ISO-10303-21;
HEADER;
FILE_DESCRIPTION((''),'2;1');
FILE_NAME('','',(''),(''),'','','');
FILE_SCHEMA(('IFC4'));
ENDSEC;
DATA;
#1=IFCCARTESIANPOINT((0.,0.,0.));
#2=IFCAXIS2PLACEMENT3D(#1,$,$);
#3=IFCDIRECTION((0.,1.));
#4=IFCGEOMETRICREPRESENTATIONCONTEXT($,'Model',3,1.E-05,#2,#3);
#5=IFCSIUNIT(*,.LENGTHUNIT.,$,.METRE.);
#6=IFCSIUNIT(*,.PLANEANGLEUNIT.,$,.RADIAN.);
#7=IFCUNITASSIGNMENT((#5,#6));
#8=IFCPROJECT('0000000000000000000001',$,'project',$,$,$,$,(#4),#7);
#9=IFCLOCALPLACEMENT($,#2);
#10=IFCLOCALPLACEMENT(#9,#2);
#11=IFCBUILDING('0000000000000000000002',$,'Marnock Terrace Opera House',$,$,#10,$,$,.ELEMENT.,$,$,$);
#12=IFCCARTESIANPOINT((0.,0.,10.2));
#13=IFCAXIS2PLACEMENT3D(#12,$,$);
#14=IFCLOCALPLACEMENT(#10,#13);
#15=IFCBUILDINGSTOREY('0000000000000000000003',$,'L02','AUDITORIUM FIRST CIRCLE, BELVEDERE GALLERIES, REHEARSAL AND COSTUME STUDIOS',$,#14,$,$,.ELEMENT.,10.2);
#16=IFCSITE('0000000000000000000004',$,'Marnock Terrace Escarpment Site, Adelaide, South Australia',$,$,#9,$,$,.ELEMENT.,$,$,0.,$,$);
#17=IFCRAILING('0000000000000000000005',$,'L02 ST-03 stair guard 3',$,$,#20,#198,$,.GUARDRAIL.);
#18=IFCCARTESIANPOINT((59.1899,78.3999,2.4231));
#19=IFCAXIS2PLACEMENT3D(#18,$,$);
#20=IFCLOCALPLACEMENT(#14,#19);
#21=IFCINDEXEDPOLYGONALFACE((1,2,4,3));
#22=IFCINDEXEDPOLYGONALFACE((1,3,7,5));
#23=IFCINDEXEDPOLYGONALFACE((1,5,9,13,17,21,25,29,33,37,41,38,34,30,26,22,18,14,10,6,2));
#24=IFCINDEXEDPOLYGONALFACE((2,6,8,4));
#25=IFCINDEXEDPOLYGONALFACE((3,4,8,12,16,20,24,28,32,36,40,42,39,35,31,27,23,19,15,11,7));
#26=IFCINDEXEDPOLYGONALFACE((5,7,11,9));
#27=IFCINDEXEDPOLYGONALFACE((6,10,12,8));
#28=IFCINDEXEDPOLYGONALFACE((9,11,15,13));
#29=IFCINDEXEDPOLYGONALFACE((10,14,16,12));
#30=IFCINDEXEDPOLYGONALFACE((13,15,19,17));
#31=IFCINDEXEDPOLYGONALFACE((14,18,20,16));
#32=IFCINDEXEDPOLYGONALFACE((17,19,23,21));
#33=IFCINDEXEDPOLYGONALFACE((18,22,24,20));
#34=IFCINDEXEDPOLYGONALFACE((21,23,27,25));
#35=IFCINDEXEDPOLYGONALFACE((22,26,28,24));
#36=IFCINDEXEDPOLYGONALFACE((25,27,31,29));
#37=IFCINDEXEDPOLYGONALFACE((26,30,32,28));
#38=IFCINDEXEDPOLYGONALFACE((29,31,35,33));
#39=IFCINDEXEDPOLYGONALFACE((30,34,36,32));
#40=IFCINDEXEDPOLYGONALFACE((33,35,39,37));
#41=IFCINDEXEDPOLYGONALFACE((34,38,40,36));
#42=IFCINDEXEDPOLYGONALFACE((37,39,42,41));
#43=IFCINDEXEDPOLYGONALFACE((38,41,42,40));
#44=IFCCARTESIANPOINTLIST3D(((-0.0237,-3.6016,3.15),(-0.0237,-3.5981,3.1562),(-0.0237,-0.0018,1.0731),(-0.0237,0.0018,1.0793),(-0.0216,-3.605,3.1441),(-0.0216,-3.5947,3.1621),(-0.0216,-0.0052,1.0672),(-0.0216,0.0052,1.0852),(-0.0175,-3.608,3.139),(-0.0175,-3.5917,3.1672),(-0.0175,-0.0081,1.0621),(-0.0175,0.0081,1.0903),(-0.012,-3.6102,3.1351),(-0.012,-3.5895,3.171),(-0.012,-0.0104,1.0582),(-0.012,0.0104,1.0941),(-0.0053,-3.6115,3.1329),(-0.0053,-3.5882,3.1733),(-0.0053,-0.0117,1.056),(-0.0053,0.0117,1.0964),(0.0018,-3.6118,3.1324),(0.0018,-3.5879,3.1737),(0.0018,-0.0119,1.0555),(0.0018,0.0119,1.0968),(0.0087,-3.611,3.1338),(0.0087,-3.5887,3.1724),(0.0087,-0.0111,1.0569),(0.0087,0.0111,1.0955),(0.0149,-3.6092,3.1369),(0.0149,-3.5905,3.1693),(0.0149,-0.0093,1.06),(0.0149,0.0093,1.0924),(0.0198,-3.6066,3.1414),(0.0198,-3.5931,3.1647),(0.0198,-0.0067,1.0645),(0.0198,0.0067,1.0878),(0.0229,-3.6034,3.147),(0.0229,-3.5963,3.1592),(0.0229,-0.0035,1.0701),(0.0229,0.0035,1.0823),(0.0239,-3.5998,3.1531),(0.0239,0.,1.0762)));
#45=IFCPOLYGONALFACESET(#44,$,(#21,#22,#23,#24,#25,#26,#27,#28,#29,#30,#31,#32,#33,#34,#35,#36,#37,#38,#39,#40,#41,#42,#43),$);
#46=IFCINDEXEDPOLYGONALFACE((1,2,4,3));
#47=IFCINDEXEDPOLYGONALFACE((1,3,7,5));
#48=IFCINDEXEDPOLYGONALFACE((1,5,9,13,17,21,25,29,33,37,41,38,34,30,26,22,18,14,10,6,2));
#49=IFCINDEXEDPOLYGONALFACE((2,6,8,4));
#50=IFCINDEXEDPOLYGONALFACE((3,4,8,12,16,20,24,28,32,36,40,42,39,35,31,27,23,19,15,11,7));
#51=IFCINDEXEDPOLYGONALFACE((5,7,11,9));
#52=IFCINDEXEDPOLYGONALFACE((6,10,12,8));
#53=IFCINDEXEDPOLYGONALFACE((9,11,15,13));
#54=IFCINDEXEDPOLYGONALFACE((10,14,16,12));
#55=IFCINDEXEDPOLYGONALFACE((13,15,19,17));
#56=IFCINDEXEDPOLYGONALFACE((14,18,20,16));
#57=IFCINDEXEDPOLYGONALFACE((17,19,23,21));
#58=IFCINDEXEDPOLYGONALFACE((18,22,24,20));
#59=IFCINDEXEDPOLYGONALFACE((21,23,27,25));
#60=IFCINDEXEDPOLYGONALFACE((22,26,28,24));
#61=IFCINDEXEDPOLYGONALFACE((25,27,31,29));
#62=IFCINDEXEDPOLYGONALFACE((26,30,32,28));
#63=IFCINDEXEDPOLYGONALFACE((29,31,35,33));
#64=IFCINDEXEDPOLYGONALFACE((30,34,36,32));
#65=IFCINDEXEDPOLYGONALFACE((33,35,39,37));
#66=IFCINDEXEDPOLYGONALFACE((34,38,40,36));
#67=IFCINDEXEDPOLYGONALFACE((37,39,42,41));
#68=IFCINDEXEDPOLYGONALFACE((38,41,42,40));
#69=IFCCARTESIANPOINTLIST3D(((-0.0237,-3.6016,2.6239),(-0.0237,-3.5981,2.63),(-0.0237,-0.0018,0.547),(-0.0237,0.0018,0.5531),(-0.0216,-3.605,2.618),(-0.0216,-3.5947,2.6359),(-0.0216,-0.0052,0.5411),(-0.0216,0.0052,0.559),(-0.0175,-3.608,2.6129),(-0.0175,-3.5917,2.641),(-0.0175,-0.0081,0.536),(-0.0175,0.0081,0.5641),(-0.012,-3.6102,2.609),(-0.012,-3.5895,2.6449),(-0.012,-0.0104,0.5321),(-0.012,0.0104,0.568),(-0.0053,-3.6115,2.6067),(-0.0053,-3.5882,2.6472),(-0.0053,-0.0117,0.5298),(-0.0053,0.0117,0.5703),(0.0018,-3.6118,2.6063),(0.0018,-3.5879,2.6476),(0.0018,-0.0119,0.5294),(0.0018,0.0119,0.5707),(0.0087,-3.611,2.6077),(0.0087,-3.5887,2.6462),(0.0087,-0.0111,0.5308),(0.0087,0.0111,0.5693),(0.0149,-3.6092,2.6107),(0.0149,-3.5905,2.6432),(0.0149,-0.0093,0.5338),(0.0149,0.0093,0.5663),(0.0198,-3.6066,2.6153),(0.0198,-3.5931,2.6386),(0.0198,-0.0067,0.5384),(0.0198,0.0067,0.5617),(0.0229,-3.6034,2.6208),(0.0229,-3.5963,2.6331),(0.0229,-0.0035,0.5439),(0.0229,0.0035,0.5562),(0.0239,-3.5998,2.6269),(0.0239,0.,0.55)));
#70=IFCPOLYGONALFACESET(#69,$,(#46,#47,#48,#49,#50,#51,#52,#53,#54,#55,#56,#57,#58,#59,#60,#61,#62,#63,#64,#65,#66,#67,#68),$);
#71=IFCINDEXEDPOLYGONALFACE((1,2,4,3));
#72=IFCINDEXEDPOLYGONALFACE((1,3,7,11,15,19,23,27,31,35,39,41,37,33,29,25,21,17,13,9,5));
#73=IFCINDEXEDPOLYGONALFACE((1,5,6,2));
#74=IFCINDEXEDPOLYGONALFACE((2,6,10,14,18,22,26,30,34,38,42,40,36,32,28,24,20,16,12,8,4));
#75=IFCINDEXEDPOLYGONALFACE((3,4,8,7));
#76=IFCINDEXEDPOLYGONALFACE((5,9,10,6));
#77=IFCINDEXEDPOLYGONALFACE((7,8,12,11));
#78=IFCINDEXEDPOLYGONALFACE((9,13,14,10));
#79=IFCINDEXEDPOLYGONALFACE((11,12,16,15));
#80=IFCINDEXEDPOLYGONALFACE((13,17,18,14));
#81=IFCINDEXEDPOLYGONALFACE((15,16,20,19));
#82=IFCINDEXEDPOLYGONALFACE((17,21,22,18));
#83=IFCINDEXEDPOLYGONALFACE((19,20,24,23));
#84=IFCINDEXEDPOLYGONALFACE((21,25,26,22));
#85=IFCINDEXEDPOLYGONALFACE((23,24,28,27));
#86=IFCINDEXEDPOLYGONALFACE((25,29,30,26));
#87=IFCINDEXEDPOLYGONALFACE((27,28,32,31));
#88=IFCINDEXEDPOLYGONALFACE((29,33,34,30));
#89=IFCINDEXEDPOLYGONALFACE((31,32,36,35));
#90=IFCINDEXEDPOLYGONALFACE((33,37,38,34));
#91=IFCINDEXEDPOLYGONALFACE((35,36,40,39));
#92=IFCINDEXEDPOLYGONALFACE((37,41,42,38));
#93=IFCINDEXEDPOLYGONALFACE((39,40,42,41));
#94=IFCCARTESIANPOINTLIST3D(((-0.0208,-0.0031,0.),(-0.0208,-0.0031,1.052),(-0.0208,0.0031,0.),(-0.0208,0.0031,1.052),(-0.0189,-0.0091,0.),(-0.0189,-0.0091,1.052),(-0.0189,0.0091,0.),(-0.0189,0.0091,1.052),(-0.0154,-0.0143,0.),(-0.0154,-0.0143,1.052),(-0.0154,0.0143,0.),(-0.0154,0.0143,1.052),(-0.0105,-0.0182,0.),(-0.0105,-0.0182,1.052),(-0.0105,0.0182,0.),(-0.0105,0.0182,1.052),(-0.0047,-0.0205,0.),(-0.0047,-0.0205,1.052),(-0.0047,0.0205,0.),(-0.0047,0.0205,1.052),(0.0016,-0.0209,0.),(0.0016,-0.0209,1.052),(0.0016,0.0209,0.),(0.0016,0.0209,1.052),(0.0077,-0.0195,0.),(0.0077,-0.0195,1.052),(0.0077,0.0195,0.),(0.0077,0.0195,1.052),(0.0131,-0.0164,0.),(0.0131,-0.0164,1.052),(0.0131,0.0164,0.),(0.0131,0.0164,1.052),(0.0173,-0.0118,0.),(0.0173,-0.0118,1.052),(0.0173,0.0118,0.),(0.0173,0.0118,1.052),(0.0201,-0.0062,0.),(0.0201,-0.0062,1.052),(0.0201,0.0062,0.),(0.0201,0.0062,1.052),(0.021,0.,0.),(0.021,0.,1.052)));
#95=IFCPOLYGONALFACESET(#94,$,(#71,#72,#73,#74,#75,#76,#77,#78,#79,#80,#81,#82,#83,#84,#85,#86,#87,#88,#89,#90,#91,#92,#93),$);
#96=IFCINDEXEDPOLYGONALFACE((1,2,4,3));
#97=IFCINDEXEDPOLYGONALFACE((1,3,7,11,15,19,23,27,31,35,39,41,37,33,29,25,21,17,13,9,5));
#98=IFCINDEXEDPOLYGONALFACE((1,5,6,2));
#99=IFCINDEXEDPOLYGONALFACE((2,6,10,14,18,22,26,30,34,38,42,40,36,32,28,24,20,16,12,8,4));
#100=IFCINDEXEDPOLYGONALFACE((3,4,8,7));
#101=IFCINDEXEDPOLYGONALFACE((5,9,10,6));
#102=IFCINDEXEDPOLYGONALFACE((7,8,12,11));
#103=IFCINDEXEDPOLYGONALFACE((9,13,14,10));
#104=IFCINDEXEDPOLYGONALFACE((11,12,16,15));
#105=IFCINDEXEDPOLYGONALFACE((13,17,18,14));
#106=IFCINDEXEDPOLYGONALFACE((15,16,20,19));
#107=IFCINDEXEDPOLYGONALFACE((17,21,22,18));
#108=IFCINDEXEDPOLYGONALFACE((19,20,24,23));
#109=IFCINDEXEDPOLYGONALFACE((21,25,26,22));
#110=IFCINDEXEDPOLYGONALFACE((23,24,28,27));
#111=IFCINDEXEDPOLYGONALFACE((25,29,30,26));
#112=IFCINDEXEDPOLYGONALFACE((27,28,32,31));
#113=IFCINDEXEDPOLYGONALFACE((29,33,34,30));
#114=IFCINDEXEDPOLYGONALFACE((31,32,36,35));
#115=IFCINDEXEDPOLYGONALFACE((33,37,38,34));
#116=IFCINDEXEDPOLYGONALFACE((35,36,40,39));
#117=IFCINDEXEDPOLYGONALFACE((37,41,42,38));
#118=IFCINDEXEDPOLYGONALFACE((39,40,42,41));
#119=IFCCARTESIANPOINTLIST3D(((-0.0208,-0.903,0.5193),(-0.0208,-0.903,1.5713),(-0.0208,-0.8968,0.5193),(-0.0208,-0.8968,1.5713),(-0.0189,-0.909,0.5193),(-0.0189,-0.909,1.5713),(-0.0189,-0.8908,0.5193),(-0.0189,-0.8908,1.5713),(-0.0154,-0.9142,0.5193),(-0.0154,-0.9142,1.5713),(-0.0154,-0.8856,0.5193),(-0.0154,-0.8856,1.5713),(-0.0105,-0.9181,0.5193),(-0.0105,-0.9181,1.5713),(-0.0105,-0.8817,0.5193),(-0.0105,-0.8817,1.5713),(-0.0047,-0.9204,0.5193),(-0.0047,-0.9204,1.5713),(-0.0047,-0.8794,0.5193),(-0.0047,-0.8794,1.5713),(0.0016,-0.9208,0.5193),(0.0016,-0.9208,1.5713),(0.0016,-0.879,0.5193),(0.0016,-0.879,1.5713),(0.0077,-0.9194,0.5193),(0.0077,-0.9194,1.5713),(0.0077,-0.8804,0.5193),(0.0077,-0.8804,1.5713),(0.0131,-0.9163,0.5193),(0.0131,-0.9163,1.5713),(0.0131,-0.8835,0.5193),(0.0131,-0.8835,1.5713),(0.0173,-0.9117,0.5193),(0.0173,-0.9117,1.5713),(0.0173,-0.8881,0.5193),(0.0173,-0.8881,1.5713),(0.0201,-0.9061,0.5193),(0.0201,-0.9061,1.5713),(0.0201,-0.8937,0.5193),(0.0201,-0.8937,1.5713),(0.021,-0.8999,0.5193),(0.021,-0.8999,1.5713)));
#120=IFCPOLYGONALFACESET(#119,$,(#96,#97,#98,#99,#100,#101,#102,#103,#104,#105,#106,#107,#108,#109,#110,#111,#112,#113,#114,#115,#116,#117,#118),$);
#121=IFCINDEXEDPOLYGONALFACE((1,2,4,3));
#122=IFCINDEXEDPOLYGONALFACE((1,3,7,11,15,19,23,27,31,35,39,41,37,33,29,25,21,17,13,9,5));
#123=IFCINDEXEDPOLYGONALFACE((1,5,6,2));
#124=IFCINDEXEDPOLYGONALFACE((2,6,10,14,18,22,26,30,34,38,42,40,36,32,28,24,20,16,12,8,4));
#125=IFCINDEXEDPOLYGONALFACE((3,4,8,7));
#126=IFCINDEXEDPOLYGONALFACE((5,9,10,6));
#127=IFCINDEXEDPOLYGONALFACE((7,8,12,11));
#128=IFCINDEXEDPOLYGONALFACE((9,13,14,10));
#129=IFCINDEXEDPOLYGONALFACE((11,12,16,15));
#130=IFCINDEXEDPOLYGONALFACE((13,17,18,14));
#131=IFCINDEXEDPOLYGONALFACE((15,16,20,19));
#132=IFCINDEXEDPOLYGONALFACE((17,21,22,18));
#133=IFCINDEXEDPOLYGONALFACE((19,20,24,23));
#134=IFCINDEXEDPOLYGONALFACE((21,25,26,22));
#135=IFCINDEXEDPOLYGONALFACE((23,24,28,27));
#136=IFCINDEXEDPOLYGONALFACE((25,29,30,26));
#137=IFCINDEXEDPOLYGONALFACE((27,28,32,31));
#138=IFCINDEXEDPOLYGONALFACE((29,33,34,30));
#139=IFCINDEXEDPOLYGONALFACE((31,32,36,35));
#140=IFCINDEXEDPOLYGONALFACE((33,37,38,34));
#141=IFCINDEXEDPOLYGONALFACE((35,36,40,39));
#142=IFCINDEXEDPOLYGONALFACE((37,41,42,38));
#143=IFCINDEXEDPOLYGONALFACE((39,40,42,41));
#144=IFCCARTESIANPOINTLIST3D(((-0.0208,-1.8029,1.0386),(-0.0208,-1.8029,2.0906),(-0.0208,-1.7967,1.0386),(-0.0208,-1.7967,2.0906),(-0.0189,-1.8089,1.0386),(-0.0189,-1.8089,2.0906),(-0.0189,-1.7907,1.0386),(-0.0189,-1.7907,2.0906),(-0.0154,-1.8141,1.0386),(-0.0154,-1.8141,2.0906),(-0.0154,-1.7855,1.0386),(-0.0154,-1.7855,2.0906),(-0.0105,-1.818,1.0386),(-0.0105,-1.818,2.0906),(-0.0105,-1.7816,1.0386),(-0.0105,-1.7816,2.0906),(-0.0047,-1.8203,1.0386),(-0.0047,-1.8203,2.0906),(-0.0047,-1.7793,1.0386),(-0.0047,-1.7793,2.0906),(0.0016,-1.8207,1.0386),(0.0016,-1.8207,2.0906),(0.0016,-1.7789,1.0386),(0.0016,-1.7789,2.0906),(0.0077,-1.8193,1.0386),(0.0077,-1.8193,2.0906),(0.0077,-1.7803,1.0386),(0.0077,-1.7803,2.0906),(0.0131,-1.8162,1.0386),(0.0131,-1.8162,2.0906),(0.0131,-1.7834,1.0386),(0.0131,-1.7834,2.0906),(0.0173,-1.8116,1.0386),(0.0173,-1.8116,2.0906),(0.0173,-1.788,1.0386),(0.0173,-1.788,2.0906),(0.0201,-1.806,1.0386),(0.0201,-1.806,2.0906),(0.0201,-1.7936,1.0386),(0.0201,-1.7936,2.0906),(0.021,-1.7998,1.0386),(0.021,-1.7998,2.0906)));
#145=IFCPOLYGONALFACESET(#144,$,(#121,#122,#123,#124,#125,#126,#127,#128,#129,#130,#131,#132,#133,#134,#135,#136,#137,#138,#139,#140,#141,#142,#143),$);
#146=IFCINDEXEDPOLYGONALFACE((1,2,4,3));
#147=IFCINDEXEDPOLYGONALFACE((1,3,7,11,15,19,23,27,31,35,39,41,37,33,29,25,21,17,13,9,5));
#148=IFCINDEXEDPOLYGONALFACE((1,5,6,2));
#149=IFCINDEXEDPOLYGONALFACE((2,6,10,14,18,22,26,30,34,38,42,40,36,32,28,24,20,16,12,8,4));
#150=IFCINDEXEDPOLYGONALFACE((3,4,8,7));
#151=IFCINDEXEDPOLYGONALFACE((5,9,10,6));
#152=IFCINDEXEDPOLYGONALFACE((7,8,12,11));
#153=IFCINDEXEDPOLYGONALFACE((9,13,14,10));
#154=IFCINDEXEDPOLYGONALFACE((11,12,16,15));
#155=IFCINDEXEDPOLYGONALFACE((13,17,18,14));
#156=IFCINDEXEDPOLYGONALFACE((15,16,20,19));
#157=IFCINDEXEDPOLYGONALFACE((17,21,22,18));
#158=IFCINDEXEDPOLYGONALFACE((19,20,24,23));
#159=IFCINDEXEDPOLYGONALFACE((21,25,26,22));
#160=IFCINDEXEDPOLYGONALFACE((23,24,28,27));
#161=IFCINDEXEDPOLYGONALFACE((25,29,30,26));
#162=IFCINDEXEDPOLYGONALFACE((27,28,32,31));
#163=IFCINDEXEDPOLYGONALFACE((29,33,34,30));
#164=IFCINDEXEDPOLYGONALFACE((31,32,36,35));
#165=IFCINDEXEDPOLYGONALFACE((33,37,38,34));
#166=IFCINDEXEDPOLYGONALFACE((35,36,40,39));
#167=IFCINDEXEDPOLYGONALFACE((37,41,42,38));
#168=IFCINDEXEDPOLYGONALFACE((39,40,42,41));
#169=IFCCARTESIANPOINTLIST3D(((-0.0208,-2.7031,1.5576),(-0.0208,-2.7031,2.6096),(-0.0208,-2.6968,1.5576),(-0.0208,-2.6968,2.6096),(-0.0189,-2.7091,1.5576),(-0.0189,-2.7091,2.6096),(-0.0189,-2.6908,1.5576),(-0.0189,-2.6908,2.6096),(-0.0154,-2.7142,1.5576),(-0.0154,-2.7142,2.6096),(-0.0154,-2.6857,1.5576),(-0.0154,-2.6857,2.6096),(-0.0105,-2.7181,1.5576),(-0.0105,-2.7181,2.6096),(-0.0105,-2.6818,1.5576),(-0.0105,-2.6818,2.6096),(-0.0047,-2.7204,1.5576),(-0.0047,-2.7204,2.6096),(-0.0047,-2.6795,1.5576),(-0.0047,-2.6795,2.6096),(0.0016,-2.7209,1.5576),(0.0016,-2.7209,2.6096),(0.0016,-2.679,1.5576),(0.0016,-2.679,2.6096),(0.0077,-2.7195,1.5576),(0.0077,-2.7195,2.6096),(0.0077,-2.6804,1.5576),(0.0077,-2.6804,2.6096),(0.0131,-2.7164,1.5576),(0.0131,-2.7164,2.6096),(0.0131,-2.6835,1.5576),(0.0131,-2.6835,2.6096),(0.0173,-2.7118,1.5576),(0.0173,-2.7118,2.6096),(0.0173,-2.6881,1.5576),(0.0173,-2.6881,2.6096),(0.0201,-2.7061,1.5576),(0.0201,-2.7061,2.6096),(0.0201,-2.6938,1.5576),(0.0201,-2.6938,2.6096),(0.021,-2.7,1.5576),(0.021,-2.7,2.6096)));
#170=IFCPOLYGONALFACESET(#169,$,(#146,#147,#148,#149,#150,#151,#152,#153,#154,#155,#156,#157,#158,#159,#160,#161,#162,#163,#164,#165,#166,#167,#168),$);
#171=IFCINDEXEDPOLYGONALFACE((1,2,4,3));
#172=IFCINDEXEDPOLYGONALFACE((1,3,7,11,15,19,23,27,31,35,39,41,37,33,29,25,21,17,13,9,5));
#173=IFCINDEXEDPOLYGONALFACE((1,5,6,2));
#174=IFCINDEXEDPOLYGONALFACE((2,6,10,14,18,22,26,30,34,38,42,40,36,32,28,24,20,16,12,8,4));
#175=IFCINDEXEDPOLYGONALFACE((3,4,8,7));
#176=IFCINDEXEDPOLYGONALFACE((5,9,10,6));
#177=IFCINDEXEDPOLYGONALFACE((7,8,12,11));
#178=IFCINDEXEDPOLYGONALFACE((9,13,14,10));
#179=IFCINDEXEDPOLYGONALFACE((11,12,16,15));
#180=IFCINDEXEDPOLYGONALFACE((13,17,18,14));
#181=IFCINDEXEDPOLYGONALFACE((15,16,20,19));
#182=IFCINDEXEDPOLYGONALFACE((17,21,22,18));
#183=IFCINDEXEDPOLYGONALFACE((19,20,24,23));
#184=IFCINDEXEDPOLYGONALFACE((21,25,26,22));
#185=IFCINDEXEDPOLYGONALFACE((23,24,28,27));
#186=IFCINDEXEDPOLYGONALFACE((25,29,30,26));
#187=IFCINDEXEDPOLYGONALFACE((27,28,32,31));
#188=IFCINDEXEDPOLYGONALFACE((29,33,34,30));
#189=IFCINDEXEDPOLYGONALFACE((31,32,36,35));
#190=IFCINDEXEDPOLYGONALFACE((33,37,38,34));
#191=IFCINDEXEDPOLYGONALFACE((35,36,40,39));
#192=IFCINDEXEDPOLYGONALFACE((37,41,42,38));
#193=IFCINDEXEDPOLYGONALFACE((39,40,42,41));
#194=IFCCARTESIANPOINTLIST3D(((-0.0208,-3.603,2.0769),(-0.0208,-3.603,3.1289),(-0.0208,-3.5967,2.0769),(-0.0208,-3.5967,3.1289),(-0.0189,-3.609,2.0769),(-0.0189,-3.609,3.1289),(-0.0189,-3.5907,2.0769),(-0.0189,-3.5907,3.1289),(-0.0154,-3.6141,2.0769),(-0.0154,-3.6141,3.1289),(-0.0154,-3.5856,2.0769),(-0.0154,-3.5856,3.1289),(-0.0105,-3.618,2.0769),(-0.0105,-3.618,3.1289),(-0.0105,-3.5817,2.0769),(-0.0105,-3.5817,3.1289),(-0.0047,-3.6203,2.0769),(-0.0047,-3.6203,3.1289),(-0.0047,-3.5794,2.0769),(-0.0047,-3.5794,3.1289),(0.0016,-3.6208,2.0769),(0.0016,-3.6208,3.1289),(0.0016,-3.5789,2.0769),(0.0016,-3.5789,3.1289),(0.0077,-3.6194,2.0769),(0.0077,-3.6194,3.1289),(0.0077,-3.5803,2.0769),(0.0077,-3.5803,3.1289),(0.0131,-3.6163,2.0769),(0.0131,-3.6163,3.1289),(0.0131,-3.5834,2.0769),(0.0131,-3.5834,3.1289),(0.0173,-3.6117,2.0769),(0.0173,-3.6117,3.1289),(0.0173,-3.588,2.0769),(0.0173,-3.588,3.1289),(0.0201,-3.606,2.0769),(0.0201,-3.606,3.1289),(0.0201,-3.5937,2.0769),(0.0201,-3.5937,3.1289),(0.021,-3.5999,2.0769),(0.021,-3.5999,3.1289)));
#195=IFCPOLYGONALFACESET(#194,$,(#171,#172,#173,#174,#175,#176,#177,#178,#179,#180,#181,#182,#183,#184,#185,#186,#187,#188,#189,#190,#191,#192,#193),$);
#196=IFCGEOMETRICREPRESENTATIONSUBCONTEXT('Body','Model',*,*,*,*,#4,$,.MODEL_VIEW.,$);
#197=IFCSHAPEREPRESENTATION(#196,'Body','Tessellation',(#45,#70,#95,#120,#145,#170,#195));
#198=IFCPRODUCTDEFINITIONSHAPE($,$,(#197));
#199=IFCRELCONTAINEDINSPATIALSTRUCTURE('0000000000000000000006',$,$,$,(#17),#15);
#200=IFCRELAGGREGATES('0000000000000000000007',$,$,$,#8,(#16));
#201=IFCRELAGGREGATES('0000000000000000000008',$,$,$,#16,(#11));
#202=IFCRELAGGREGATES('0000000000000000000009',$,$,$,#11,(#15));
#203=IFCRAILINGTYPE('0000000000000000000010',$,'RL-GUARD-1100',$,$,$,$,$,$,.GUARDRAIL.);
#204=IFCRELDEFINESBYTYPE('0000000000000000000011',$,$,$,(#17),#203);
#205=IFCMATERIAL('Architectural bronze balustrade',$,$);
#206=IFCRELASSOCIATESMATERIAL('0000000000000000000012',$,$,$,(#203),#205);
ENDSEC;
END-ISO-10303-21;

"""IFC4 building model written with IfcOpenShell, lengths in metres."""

from ifc_helpers import new_model, si_unit, direction, frame, origin, origin_2d, place, context, subcontext, project, spatial, circle, extrude, material, type_object, element, save


model = new_model("IFC4")

# Units and contexts
model_context = context("Model", 3, precision=1e-05, world=origin(), true_north=direction((0.0, 1.0)))
body_context = subcontext(model_context, "Body", "Model", "MODEL_VIEW")
ifc_project = project(units=[si_unit("LENGTHUNIT", "METRE"), si_unit("PLANEANGLEUNIT", "RADIAN")], contexts=[model_context])

# Site, building, storey
site_placement = place(None, origin())
site = spatial("IfcSite", under=ifc_project, at=site_placement, Name="Marnock Terrace Escarpment Site, Adelaide, South Australia", CompositionType="ELEMENT", RefElevation=0.0)
building_placement = place(site_placement, origin())
building = spatial("IfcBuilding", under=site, at=building_placement, Name="Marnock Terrace Opera House", CompositionType="ELEMENT")
storey_placement = place(building_placement, frame((0.0, 0.0, 10.2)))
storey = spatial("IfcBuildingStorey", under=building, at=storey_placement, Name="L02", Description="AUDITORIUM FIRST CIRCLE, BELVEDERE GALLERIES, REHEARSAL AND COSTUME STUDIOS", CompositionType="ELEMENT", Elevation=10.2)

# Railing
ifc_material_1 = material(Name="Architectural bronze balustrade")
railing_type_1 = type_object("IfcRailingType", Name="RL-GUARD-1100", PredefinedType="GUARDRAIL", material=ifc_material_1)
railing_1_placement = place(storey_placement, frame((59.1899, 78.3999, 2.4231)))
element("IfcRailing", 1, at=railing_1_placement, inside=storey, type_object=railing_type_1, Name="L02 ST-03 stair guard 3", PredefinedType="GUARDRAIL", context=body_context, shape_type="SweptSolid", body=[
    extrude(circle(Radius=0.0239, at=origin_2d()), frame((0.0, 0.0, 1.0762), z_axis=(0.0, -0.866179, 0.499734), x_axis=(1.0, 0.0, 0.0)), (0.0, 0.0, 1.0), 4.156),
    extrude(circle(Radius=0.0239, at=origin_2d()), frame((0.0, 0.0, 0.55), z_axis=(0.0, -0.866179, 0.499734), x_axis=(1.0, 0.0, 0.0)), (0.0, 0.0, 1.0), 4.156),
    extrude(circle(Radius=0.021, at=origin_2d()), origin(), (0.0, 0.0, 1.0), 1.052),
    extrude(circle(Radius=0.021, at=origin_2d()), frame((0.0, -0.8999, 0.5193)), (0.0, 0.0, 1.0), 1.052),
    extrude(circle(Radius=0.021, at=origin_2d()), frame((0.0, -1.7998, 1.0386)), (0.0, 0.0, 1.0), 1.052),
    extrude(circle(Radius=0.021, at=origin_2d()), frame((0.0, -2.7, 1.5576)), (0.0, 0.0, 1.0), 1.052),
    extrude(circle(Radius=0.021, at=origin_2d()), frame((0.0, -3.5999, 2.0769)), (0.0, 0.0, 1.0), 1.052),
])

save(model, "model.ifc")
